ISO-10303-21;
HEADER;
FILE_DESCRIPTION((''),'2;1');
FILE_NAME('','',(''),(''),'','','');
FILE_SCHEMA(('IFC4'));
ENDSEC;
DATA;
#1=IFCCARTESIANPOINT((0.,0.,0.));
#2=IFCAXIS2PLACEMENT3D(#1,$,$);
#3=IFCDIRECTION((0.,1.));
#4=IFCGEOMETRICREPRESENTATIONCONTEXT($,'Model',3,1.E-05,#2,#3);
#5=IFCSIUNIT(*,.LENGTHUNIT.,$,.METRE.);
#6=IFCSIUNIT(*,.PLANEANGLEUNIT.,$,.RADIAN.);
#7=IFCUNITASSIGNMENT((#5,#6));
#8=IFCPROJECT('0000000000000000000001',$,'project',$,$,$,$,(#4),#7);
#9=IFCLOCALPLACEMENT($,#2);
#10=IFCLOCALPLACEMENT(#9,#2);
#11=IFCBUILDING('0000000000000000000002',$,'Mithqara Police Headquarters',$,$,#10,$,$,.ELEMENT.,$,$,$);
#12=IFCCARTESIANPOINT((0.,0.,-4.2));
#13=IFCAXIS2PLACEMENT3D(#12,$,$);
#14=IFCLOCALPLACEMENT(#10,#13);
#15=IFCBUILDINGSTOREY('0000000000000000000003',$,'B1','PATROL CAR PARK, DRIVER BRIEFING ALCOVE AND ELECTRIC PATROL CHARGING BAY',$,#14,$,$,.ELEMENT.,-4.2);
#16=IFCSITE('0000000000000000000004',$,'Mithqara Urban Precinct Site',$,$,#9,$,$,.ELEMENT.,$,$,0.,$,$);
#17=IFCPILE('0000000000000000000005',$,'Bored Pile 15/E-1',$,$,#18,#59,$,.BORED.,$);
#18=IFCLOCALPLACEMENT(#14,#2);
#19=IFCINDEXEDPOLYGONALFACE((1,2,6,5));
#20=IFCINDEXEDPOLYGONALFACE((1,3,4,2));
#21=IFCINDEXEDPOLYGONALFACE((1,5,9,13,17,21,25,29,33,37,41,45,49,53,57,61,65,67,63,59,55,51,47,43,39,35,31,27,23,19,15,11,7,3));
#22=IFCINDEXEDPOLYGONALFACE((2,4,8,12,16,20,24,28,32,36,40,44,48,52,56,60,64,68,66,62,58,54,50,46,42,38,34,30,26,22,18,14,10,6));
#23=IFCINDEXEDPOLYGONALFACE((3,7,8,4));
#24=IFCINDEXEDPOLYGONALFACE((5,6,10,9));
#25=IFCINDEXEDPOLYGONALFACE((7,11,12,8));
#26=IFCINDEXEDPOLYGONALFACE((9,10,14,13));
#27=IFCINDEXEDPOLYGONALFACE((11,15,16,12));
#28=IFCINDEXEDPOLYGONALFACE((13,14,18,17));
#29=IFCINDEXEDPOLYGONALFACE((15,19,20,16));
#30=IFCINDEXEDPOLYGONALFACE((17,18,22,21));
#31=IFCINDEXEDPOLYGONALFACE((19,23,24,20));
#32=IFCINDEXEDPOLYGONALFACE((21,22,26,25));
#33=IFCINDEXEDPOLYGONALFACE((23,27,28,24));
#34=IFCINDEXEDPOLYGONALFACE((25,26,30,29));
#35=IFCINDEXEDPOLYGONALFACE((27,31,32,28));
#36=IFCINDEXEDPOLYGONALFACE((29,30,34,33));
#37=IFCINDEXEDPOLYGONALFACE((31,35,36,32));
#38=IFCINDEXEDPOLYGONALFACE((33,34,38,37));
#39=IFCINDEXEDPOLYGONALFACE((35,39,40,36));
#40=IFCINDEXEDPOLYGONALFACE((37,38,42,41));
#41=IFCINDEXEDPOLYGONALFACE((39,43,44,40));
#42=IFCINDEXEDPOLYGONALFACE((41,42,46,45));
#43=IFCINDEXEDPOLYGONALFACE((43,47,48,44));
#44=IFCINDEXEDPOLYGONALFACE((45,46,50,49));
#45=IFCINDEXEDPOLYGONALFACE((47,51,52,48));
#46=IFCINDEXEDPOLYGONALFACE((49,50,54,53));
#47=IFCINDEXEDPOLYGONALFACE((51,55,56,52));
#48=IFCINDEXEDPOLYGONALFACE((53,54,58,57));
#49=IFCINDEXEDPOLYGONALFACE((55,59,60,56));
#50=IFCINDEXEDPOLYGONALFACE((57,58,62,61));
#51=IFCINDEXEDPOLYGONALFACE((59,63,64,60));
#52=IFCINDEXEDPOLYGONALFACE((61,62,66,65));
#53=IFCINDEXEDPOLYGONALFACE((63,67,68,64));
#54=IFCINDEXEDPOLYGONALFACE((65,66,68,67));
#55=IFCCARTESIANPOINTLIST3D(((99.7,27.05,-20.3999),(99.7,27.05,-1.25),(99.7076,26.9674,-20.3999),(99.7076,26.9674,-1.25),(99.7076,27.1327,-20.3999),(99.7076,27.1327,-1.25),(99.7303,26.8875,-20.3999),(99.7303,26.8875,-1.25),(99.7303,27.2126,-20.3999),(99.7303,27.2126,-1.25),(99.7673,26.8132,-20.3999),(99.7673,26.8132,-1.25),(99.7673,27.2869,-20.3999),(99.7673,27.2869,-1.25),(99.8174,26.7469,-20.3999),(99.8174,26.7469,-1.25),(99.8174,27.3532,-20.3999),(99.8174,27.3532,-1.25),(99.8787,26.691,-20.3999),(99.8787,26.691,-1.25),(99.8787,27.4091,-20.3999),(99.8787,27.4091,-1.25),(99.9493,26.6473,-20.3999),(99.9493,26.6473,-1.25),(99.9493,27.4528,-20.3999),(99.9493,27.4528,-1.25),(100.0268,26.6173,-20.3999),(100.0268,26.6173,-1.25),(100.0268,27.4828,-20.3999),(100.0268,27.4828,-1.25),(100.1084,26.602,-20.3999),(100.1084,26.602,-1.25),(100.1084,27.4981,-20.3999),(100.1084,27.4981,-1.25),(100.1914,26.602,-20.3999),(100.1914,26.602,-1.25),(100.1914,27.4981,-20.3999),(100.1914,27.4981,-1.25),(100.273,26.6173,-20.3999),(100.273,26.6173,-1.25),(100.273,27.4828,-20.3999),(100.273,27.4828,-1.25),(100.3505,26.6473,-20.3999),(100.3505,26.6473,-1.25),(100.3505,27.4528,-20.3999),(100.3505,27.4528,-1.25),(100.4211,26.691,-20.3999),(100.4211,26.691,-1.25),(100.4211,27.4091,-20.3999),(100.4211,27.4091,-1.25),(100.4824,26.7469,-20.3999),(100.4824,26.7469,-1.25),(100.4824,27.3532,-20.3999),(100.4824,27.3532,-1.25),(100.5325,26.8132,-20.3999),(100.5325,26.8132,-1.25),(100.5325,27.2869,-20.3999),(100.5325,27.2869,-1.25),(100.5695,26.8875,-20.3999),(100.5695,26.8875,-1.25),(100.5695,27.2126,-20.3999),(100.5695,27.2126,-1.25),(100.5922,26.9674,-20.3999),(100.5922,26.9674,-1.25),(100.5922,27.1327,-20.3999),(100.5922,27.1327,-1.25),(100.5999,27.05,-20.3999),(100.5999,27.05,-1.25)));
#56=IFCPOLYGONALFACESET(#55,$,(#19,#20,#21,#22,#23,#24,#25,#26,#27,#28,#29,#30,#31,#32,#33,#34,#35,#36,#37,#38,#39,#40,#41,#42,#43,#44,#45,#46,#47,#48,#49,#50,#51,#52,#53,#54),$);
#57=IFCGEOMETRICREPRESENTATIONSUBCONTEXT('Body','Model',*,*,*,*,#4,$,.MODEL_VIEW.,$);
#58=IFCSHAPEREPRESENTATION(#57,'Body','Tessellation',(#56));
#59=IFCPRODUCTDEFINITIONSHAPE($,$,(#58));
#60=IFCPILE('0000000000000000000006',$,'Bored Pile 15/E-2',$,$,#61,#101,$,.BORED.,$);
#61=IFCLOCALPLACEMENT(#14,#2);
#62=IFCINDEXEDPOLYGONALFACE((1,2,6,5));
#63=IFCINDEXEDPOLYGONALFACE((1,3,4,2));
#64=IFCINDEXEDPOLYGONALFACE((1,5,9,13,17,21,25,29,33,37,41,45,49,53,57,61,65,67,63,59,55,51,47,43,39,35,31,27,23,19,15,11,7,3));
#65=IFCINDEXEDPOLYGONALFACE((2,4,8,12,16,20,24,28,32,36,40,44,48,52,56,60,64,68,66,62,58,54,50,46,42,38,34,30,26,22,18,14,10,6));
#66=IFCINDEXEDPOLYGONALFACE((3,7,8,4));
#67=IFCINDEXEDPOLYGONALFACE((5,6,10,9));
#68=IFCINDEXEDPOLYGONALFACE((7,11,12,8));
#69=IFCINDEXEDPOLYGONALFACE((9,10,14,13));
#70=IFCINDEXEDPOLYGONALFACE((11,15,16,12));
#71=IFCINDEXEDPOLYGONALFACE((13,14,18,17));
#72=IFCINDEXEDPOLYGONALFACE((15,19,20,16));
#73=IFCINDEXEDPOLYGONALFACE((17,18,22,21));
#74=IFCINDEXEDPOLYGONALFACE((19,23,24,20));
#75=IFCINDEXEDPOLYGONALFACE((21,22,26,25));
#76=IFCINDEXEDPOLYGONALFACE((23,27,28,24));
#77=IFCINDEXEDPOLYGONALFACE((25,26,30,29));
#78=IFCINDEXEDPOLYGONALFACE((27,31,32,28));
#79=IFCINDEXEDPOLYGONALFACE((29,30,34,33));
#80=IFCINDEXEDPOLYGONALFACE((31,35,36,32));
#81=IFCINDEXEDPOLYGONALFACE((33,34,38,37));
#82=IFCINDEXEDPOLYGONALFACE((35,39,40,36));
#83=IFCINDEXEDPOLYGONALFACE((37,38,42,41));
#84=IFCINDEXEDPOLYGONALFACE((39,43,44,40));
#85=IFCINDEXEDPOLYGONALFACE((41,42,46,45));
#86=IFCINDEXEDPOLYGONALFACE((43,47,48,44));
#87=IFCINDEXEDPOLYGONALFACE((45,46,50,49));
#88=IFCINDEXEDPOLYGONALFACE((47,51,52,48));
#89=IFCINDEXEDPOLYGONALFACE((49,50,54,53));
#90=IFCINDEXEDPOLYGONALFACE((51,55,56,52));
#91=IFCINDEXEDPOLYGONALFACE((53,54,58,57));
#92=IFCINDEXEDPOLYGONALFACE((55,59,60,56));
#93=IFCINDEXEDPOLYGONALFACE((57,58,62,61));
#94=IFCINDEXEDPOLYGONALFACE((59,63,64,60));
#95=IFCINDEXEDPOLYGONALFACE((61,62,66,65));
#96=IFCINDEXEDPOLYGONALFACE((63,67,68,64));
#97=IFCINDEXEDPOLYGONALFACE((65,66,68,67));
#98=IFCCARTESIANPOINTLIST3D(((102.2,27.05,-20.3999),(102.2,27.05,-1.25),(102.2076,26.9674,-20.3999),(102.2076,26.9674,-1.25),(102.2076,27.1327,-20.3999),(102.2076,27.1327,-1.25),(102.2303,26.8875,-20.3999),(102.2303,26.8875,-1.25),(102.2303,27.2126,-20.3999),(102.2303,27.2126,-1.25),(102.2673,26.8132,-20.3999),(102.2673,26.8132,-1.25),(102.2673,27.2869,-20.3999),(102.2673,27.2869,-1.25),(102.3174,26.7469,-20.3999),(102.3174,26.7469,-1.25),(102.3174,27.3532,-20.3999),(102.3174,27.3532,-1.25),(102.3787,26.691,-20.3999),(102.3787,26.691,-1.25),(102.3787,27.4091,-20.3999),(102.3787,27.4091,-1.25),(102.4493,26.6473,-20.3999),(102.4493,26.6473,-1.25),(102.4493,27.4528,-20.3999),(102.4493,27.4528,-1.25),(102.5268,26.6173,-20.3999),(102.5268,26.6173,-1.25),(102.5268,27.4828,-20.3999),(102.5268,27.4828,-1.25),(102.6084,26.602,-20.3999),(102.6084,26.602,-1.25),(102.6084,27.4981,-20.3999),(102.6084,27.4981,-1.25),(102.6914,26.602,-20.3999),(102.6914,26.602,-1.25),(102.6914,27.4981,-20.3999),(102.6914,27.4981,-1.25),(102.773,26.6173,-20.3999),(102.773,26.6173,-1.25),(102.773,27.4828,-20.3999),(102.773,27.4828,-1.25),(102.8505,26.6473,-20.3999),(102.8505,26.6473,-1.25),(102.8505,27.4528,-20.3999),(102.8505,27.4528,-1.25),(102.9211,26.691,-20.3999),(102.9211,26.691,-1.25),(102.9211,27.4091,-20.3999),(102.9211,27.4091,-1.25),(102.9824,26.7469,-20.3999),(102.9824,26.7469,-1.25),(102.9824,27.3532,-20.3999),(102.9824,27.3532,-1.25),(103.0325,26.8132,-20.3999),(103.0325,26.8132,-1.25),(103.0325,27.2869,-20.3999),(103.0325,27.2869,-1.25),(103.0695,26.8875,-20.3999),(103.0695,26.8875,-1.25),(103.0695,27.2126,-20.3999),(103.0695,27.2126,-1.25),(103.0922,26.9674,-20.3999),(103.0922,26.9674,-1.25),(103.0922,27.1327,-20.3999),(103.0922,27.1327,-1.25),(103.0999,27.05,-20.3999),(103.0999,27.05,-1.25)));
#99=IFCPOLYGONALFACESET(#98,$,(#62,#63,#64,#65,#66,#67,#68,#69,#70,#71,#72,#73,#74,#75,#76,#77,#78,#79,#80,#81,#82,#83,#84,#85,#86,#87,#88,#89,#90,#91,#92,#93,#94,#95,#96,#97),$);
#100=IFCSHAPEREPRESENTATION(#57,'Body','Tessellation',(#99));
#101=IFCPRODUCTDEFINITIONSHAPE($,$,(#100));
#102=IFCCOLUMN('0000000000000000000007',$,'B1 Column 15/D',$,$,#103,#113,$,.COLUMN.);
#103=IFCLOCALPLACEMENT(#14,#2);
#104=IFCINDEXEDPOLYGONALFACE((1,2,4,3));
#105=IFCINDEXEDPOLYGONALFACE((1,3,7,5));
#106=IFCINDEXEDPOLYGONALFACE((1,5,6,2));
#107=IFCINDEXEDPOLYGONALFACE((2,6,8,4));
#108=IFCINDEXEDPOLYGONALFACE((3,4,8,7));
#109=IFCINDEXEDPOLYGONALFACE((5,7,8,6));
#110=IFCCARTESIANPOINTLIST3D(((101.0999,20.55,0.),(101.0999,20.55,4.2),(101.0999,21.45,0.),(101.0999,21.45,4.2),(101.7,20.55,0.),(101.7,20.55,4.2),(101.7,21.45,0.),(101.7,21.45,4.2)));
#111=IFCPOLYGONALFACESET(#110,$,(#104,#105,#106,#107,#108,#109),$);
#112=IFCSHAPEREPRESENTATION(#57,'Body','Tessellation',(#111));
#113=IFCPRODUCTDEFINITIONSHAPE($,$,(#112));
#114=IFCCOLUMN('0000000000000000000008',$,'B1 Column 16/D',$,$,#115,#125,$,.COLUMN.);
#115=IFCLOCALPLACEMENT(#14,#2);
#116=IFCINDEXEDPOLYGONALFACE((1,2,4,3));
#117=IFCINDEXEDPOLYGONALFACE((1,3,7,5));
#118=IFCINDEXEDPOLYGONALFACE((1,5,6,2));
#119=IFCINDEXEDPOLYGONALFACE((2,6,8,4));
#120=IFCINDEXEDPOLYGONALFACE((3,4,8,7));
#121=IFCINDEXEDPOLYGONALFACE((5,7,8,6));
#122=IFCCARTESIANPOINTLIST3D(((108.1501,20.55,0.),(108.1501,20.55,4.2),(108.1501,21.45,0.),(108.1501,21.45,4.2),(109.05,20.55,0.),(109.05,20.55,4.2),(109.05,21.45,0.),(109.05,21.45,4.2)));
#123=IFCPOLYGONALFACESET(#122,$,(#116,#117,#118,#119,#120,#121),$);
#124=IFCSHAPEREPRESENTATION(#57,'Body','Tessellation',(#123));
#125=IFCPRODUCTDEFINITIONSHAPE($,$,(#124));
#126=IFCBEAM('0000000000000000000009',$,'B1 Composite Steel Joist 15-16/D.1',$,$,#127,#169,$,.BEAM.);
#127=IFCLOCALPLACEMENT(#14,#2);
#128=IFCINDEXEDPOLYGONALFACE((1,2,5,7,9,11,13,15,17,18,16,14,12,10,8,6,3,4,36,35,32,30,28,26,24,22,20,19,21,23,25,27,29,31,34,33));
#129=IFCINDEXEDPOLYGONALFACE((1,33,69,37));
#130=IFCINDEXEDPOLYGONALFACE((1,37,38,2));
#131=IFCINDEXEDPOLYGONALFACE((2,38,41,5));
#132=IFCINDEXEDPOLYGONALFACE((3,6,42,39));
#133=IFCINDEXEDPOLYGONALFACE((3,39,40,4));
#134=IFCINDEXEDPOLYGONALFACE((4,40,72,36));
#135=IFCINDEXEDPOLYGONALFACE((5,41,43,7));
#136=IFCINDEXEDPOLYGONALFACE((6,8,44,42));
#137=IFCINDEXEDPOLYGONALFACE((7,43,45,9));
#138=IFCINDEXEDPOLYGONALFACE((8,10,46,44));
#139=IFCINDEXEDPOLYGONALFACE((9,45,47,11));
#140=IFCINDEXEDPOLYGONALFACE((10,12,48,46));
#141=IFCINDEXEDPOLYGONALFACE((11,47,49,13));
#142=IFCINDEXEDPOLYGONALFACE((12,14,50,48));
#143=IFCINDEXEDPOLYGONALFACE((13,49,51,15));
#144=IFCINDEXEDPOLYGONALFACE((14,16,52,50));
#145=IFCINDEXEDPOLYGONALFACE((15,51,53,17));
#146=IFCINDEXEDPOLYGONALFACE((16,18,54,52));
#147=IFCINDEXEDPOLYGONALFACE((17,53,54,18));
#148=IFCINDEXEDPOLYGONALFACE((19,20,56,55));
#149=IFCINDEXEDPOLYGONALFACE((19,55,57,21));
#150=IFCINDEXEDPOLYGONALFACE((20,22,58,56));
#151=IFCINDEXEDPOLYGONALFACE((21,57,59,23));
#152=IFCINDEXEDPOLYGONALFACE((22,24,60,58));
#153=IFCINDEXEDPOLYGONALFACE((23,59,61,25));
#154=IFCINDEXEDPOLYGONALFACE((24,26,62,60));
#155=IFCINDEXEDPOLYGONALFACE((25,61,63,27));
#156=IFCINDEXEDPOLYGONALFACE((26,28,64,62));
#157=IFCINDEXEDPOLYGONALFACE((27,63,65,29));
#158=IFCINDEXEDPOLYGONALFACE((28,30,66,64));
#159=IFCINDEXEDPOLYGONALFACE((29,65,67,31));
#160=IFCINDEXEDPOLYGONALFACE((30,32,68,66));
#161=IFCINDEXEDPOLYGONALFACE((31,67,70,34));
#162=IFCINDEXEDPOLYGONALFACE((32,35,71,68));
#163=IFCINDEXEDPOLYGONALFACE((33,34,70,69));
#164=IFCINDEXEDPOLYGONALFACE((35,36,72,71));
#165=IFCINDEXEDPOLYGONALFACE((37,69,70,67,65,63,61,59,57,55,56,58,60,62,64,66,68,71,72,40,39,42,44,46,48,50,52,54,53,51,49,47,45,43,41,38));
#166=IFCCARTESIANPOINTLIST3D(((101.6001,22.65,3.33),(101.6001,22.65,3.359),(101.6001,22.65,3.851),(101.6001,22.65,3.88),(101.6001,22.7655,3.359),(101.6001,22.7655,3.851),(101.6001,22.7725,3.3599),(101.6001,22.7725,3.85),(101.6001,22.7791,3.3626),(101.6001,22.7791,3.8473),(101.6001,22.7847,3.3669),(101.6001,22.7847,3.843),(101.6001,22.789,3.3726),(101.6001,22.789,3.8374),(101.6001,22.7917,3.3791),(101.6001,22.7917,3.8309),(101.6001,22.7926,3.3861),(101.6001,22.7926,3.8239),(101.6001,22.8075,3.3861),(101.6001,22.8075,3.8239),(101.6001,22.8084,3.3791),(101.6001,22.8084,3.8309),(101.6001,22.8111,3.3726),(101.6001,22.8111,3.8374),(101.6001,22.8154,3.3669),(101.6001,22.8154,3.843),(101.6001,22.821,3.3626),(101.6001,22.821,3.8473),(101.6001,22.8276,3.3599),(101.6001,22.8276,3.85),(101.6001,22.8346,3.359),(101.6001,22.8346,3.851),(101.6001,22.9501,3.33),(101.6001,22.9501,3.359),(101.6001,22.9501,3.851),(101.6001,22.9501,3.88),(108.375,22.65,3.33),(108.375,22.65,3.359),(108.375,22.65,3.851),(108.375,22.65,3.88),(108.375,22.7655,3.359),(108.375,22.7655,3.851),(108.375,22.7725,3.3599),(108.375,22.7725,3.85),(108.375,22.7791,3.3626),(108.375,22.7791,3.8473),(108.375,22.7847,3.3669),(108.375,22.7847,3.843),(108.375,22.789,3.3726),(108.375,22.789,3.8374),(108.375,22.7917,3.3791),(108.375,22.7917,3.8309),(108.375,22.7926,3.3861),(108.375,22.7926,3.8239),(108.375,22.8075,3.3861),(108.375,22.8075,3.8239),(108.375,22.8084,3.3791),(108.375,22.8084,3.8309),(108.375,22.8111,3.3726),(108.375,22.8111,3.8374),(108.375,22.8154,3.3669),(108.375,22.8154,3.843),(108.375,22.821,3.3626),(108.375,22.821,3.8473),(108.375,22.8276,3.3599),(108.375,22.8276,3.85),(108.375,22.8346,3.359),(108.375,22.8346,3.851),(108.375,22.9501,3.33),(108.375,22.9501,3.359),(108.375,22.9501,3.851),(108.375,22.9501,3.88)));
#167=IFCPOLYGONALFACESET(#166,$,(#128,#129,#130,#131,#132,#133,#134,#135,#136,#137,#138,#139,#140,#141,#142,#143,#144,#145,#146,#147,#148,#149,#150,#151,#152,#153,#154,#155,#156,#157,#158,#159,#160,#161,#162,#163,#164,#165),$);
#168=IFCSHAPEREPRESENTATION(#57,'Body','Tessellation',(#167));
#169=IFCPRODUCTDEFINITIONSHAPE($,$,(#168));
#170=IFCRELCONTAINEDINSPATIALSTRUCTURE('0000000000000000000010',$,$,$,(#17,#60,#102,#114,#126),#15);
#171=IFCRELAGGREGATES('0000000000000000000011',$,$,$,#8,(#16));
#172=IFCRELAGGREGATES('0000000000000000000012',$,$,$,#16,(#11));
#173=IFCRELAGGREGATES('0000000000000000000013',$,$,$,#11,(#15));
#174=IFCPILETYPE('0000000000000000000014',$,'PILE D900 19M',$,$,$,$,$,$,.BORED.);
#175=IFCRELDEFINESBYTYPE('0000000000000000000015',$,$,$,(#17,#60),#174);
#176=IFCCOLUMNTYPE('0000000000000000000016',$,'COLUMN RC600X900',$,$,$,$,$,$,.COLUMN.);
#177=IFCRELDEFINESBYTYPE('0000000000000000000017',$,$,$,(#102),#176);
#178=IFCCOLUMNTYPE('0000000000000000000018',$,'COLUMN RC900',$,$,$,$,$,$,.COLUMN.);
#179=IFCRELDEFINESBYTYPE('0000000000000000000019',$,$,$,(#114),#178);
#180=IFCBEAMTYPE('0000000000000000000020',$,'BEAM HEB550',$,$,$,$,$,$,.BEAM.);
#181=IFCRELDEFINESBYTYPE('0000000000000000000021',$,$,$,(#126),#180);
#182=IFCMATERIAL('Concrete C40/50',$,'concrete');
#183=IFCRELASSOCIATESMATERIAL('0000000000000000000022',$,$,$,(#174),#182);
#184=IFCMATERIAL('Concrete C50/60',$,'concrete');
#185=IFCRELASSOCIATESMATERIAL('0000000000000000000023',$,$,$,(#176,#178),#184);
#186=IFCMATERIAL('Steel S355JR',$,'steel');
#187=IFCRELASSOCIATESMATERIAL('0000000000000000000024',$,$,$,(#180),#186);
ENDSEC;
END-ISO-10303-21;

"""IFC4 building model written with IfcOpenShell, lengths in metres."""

from ifc_helpers import new_model, si_unit, direction, frame, origin, origin_2d, place, context, subcontext, project, spatial, rectangle, circle, i_section, extrude, material, material_profile, profile_set, type_object, element, save


model = new_model("IFC4")

# Units and contexts
model_context = context("Model", 3, precision=1e-05, world=origin(), true_north=direction((0.0, 1.0)))
body_context = subcontext(model_context, "Body", "Model", "MODEL_VIEW")
ifc_project = project(units=[si_unit("LENGTHUNIT", "METRE"), si_unit("PLANEANGLEUNIT", "RADIAN")], contexts=[model_context])

# Site, building, storey
site_placement = place(None, origin())
site = spatial("IfcSite", under=ifc_project, at=site_placement, Name="Mithqara Urban Precinct Site", CompositionType="ELEMENT", RefElevation=0.0)
building_placement = place(site_placement, origin())
building = spatial("IfcBuilding", under=site, at=building_placement, Name="Mithqara Police Headquarters", CompositionType="ELEMENT")
storey_placement = place(building_placement, frame((0.0, 0.0, -4.2)))
storey = spatial("IfcBuildingStorey", under=building, at=storey_placement, Name="B1", Description="PATROL CAR PARK, DRIVER BRIEFING ALCOVE AND ELECTRIC PATROL CHARGING BAY", CompositionType="ELEMENT", Elevation=-4.2)

# Shared definitions
ifc_material_1 = material(Name="Concrete C40/50", Category="concrete")

# Piles
ifc_material_profile_1 = material_profile(ifc_material_1, circle(Radius=0.45, at=origin_2d()), Name="PILE D900")
ifc_profile_set_1 = profile_set([ifc_material_profile_1], Name="Concrete C40/50")
pile_type_1 = type_object("IfcPileType", Name="PILE D900 19M", PredefinedType="BORED", material=ifc_profile_set_1)
for number, where, z_axis, x_axis, name in (
    (1, (100.1499, 27.05, -1.25), (0.0, 0.0, -1.0), (1.0, 0.0, 0.0), "Bored Pile 15/E-1"),
    (2, (102.6499, 27.05, -1.25), (0.0, 0.0, -1.0), (1.0, 0.0, 0.0), "Bored Pile 15/E-2"),
):
    element("IfcPile", number, at=place(storey_placement, frame(where, z_axis=z_axis, x_axis=x_axis)), inside=storey, type_object=pile_type_1, Name=name, PredefinedType="BORED", context=body_context, shape_type="SweptSolid", body=[
        extrude(circle(Radius=0.45, at=origin_2d()), origin(), (0.0, 0.0, 1.0), 19.1499),
    ])

# Columns
ifc_material_2 = material(Name="Concrete C50/60", Category="concrete")
ifc_material_profile_2 = material_profile(ifc_material_2, rectangle(XDim=0.6001, YDim=0.8999, at=origin_2d()), Name="RC 600x900")
ifc_profile_set_2 = profile_set([ifc_material_profile_2], Name="Concrete C50/60")
column_type_1 = type_object("IfcColumnType", Name="COLUMN RC600X900", PredefinedType="COLUMN", material=ifc_profile_set_2)
column_1_placement = place(storey_placement, frame((101.3999, 21.0, 0.0), z_axis=(0.0, 0.0, 1.0), x_axis=(1.0, 0.0, 0.0)))
element("IfcColumn", 3, at=column_1_placement, inside=storey, type_object=column_type_1, Name="B1 Column 15/D", PredefinedType="COLUMN", context=body_context, shape_type="SweptSolid", body=[
    extrude(rectangle(XDim=0.6001, YDim=0.8999, at=origin_2d()), origin(), (0.0, 0.0, 1.0), 4.2),
])
ifc_material_profile_3 = material_profile(ifc_material_2, rectangle(XDim=0.8999, YDim=0.8999, at=origin_2d()), Name="RC 900x900")
ifc_profile_set_3 = profile_set([ifc_material_profile_3], Name="Concrete C50/60")
column_type_2 = type_object("IfcColumnType", Name="COLUMN RC900", PredefinedType="COLUMN", material=ifc_profile_set_3)
column_2_placement = place(storey_placement, frame((108.6001, 21.0, 0.0), z_axis=(0.0, 0.0, 1.0), x_axis=(1.0, 0.0, 0.0)))
element("IfcColumn", 4, at=column_2_placement, inside=storey, type_object=column_type_2, Name="B1 Column 16/D", PredefinedType="COLUMN", context=body_context, shape_type="SweptSolid", body=[
    extrude(rectangle(XDim=0.8999, YDim=0.8999, at=origin_2d()), origin(), (0.0, 0.0, 1.0), 4.2),
])

# Beam
ifc_material_3 = material(Name="Steel S355JR", Category="steel")
ifc_material_profile_4 = material_profile(ifc_material_3, i_section(OverallWidth=0.3, OverallDepth=0.55, WebThickness=0.0149, FlangeThickness=0.0291, FilletRadius=0.0271, at=origin_2d()), Name="HEB 550")
ifc_profile_set_4 = profile_set([ifc_material_profile_4], Name="Steel S355JR")
beam_type_1 = type_object("IfcBeamType", Name="BEAM HEB550", PredefinedType="BEAM", material=ifc_profile_set_4)
for number, where, z_axis, x_axis, name in (
    (5, (101.6001, 22.8, 3.605), (1.0, 0.0, 0.0), (0.0, 1.0, 0.0), "B1 Composite Steel Joist 15-16/D.1"),
):
    element("IfcBeam", number, at=place(storey_placement, frame(where, z_axis=z_axis, x_axis=x_axis)), inside=storey, type_object=beam_type_1, Name=name, PredefinedType="BEAM", context=body_context, shape_type="SweptSolid", body=[
        extrude(i_section(OverallWidth=0.3, OverallDepth=0.55, WebThickness=0.0149, FlangeThickness=0.0291, FilletRadius=0.0271, at=origin_2d()), origin(), (0.0, 0.0, 1.0), 6.7749),
    ])

save(model, "model.ifc")
